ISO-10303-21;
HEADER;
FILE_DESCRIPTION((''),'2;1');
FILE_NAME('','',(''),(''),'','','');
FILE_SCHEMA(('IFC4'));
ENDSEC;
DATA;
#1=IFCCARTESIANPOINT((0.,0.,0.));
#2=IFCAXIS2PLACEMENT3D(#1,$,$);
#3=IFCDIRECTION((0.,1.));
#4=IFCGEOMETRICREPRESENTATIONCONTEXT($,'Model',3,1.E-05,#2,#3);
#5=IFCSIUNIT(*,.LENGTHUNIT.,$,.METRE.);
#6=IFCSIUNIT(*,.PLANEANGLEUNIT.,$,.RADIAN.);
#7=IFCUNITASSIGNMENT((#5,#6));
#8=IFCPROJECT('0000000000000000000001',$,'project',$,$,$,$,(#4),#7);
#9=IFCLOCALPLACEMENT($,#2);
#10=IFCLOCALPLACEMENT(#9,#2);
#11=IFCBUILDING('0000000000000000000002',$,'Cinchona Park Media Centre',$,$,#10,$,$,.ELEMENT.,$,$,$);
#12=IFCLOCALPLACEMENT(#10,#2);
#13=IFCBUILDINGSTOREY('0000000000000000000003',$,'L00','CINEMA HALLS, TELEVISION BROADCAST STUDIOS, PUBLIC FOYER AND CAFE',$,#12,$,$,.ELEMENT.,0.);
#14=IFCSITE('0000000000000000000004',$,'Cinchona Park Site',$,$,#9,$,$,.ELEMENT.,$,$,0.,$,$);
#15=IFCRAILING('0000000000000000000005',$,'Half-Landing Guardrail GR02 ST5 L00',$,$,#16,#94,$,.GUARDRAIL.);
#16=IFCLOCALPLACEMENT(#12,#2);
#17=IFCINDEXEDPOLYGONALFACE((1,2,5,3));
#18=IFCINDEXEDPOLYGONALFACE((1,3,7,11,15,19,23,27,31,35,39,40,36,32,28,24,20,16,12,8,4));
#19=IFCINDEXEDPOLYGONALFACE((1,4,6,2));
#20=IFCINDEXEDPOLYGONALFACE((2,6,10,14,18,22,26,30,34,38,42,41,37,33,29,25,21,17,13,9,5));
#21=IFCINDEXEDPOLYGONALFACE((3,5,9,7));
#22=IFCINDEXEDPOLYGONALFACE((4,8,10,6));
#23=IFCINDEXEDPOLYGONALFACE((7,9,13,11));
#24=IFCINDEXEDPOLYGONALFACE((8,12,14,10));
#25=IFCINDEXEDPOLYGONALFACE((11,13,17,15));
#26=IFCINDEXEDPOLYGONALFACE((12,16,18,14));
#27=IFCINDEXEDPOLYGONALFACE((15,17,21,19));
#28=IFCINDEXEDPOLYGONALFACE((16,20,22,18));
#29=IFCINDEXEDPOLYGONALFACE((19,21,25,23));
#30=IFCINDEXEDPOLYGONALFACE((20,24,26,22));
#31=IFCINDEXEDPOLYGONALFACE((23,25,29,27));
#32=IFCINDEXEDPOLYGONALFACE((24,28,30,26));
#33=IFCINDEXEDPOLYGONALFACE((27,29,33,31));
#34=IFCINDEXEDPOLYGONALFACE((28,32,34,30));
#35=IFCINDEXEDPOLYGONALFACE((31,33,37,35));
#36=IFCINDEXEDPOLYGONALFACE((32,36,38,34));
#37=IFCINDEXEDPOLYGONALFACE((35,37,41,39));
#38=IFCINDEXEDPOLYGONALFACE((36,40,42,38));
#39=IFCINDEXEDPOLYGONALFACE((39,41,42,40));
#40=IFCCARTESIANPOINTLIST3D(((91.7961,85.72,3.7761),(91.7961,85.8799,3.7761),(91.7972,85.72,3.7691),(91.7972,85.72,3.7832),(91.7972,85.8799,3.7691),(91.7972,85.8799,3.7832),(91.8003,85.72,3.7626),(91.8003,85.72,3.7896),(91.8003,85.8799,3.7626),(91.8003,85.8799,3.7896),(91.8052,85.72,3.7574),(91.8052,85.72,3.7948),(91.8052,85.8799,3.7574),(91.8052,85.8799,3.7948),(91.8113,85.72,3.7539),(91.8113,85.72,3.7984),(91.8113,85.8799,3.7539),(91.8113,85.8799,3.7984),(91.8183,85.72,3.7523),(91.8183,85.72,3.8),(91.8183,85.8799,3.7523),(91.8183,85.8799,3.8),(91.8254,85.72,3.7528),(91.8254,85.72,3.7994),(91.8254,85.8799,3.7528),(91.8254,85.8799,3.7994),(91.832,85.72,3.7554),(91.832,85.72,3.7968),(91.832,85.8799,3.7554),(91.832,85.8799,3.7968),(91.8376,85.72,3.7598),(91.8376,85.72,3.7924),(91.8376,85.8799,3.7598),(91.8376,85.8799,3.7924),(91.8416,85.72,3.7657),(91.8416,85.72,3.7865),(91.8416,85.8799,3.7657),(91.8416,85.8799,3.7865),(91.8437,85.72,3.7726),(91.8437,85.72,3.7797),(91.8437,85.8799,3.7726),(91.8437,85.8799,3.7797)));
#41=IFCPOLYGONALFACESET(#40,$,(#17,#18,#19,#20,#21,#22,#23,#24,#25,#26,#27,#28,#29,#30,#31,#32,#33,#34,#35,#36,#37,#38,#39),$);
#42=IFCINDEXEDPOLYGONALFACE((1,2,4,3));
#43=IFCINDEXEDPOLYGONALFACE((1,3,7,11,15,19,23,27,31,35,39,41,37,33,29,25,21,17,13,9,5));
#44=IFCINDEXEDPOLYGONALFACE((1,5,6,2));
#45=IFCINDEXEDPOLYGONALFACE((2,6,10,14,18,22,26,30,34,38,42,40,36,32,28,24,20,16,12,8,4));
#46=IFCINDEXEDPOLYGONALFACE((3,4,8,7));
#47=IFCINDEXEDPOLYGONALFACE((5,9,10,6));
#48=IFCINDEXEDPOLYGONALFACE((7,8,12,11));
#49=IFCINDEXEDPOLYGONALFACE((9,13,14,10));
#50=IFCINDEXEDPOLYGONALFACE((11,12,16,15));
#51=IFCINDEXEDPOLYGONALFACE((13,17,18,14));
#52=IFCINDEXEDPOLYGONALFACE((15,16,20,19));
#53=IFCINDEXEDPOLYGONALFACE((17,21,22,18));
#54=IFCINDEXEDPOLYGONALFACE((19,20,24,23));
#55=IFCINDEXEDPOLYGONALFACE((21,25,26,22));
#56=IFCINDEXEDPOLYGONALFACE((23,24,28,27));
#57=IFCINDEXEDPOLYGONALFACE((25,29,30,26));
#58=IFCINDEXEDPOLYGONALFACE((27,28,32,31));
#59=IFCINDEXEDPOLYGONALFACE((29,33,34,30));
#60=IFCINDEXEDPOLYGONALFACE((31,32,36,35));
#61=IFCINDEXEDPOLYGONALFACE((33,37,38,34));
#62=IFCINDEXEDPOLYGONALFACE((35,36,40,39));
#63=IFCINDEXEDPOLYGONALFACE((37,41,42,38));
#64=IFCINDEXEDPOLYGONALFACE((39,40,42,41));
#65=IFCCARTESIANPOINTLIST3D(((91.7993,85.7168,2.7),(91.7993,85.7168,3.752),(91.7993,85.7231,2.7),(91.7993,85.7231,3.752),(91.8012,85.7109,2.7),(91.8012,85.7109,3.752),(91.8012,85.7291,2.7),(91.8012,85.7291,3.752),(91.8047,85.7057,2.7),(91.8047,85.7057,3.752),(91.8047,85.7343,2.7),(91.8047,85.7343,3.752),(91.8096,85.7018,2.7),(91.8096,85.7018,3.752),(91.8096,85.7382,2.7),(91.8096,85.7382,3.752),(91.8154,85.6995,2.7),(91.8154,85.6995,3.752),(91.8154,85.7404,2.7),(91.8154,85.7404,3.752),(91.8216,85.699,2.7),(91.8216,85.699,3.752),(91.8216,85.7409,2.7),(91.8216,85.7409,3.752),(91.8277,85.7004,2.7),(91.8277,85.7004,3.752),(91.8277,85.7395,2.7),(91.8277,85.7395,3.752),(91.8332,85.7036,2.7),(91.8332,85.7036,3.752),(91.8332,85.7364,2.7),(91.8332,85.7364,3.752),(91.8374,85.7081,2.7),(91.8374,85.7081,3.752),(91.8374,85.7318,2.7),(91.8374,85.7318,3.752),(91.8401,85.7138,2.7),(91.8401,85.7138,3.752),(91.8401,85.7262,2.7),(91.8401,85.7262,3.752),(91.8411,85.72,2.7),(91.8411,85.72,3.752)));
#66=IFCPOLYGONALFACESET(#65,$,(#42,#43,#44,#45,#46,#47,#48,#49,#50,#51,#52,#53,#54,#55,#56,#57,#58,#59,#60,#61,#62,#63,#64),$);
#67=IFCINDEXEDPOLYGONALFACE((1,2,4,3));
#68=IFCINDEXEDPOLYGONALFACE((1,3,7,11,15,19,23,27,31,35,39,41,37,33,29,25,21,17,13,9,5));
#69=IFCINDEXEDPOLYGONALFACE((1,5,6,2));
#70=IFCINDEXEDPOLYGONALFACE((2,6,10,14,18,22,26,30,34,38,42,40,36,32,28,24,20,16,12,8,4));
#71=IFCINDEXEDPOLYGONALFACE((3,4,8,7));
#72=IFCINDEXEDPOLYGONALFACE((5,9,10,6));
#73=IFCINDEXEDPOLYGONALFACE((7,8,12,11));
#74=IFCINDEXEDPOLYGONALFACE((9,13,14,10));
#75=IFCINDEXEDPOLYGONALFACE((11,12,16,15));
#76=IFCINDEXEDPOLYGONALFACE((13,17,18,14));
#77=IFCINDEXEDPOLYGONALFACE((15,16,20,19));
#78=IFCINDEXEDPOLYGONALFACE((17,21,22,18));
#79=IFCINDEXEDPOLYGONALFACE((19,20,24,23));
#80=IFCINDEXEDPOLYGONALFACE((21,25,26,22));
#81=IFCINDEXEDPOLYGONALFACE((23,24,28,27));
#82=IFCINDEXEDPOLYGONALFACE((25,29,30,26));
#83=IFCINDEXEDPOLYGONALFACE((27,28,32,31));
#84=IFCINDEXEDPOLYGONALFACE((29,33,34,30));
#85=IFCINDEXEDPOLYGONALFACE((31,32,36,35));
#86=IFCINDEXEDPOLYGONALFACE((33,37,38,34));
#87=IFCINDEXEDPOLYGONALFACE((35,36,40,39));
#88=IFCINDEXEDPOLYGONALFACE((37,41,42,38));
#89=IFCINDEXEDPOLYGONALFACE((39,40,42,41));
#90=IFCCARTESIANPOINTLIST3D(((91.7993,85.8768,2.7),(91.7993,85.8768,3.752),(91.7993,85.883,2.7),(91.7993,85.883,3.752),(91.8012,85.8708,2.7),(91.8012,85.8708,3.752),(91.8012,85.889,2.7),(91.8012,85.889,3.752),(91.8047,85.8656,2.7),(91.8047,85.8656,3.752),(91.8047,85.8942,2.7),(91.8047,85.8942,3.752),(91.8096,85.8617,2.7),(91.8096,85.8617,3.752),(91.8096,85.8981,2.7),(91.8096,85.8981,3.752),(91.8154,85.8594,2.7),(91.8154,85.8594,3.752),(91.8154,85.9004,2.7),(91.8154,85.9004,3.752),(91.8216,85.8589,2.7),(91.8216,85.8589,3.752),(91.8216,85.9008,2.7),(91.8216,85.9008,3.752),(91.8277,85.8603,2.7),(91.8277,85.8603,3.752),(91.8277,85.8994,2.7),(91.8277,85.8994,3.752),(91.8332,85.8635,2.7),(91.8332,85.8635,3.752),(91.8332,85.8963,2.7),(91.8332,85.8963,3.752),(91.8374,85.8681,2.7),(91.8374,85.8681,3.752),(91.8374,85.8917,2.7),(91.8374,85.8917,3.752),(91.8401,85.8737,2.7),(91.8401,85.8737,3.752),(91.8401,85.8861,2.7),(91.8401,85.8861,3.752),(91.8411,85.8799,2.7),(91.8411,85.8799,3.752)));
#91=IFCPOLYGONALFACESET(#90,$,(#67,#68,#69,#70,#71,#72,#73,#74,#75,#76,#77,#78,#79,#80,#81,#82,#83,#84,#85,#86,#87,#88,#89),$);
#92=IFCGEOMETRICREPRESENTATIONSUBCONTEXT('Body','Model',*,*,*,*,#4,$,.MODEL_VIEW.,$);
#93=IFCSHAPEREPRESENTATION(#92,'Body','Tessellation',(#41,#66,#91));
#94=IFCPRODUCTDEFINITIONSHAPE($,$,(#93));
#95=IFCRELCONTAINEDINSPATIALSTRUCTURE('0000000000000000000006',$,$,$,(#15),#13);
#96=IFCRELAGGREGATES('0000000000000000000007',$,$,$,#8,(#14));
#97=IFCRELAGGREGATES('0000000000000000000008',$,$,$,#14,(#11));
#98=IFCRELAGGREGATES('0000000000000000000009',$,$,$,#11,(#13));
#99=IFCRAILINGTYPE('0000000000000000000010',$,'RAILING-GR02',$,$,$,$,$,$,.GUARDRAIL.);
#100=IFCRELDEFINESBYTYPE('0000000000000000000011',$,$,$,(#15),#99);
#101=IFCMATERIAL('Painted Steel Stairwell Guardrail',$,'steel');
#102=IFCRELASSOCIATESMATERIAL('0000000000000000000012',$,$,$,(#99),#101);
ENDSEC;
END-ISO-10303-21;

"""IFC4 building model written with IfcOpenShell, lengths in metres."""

from ifc_helpers import new_model, si_unit, direction, frame, origin, origin_2d, place, context, subcontext, project, spatial, circle, extrude, material, type_object, element, save


model = new_model("IFC4")

# Units and contexts
model_context = context("Model", 3, precision=1e-05, world=origin(), true_north=direction((0.0, 1.0)))
body_context = subcontext(model_context, "Body", "Model", "MODEL_VIEW")
ifc_project = project(units=[si_unit("LENGTHUNIT", "METRE"), si_unit("PLANEANGLEUNIT", "RADIAN")], contexts=[model_context])

# Site, building, storey
site_placement = place(None, origin())
site = spatial("IfcSite", under=ifc_project, at=site_placement, Name="Cinchona Park Site", CompositionType="ELEMENT", RefElevation=0.0)
building_placement = place(site_placement, origin())
building = spatial("IfcBuilding", under=site, at=building_placement, Name="Cinchona Park Media Centre", CompositionType="ELEMENT")
storey_placement = place(building_placement, origin())
storey = spatial("IfcBuildingStorey", under=building, at=storey_placement, Name="L00", Description="CINEMA HALLS, TELEVISION BROADCAST STUDIOS, PUBLIC FOYER AND CAFE", CompositionType="ELEMENT", Elevation=0.0)

# Railing
ifc_material_1 = material(Name="Painted Steel Stairwell Guardrail", Category="steel")
railing_type_1 = type_object("IfcRailingType", Name="RAILING-GR02", PredefinedType="GUARDRAIL", material=ifc_material_1)
railing_1_placement = place(storey_placement, frame((91.8201, 85.72, 2.7)))
element("IfcRailing", 1, at=railing_1_placement, inside=storey, type_object=railing_type_1, Name="Half-Landing Guardrail GR02 ST5 L00", PredefinedType="GUARDRAIL", context=body_context, shape_type="SweptSolid", body=[
    extrude(circle(Radius=0.0239, at=origin_2d()), frame((0.0, 0.0, 1.0762), z_axis=(0.0, 1.0, 0.0), x_axis=(-1.0, 0.0, 0.0)), (0.0, 0.0, 1.0), 0.1599),
    extrude(circle(Radius=0.021, at=origin_2d()), origin(), (0.0, 0.0, 1.0), 1.052),
    extrude(circle(Radius=0.021, at=origin_2d()), frame((0.0, 0.1599, 0.0)), (0.0, 0.0, 1.0), 1.052),
])

save(model, "model.ifc")
